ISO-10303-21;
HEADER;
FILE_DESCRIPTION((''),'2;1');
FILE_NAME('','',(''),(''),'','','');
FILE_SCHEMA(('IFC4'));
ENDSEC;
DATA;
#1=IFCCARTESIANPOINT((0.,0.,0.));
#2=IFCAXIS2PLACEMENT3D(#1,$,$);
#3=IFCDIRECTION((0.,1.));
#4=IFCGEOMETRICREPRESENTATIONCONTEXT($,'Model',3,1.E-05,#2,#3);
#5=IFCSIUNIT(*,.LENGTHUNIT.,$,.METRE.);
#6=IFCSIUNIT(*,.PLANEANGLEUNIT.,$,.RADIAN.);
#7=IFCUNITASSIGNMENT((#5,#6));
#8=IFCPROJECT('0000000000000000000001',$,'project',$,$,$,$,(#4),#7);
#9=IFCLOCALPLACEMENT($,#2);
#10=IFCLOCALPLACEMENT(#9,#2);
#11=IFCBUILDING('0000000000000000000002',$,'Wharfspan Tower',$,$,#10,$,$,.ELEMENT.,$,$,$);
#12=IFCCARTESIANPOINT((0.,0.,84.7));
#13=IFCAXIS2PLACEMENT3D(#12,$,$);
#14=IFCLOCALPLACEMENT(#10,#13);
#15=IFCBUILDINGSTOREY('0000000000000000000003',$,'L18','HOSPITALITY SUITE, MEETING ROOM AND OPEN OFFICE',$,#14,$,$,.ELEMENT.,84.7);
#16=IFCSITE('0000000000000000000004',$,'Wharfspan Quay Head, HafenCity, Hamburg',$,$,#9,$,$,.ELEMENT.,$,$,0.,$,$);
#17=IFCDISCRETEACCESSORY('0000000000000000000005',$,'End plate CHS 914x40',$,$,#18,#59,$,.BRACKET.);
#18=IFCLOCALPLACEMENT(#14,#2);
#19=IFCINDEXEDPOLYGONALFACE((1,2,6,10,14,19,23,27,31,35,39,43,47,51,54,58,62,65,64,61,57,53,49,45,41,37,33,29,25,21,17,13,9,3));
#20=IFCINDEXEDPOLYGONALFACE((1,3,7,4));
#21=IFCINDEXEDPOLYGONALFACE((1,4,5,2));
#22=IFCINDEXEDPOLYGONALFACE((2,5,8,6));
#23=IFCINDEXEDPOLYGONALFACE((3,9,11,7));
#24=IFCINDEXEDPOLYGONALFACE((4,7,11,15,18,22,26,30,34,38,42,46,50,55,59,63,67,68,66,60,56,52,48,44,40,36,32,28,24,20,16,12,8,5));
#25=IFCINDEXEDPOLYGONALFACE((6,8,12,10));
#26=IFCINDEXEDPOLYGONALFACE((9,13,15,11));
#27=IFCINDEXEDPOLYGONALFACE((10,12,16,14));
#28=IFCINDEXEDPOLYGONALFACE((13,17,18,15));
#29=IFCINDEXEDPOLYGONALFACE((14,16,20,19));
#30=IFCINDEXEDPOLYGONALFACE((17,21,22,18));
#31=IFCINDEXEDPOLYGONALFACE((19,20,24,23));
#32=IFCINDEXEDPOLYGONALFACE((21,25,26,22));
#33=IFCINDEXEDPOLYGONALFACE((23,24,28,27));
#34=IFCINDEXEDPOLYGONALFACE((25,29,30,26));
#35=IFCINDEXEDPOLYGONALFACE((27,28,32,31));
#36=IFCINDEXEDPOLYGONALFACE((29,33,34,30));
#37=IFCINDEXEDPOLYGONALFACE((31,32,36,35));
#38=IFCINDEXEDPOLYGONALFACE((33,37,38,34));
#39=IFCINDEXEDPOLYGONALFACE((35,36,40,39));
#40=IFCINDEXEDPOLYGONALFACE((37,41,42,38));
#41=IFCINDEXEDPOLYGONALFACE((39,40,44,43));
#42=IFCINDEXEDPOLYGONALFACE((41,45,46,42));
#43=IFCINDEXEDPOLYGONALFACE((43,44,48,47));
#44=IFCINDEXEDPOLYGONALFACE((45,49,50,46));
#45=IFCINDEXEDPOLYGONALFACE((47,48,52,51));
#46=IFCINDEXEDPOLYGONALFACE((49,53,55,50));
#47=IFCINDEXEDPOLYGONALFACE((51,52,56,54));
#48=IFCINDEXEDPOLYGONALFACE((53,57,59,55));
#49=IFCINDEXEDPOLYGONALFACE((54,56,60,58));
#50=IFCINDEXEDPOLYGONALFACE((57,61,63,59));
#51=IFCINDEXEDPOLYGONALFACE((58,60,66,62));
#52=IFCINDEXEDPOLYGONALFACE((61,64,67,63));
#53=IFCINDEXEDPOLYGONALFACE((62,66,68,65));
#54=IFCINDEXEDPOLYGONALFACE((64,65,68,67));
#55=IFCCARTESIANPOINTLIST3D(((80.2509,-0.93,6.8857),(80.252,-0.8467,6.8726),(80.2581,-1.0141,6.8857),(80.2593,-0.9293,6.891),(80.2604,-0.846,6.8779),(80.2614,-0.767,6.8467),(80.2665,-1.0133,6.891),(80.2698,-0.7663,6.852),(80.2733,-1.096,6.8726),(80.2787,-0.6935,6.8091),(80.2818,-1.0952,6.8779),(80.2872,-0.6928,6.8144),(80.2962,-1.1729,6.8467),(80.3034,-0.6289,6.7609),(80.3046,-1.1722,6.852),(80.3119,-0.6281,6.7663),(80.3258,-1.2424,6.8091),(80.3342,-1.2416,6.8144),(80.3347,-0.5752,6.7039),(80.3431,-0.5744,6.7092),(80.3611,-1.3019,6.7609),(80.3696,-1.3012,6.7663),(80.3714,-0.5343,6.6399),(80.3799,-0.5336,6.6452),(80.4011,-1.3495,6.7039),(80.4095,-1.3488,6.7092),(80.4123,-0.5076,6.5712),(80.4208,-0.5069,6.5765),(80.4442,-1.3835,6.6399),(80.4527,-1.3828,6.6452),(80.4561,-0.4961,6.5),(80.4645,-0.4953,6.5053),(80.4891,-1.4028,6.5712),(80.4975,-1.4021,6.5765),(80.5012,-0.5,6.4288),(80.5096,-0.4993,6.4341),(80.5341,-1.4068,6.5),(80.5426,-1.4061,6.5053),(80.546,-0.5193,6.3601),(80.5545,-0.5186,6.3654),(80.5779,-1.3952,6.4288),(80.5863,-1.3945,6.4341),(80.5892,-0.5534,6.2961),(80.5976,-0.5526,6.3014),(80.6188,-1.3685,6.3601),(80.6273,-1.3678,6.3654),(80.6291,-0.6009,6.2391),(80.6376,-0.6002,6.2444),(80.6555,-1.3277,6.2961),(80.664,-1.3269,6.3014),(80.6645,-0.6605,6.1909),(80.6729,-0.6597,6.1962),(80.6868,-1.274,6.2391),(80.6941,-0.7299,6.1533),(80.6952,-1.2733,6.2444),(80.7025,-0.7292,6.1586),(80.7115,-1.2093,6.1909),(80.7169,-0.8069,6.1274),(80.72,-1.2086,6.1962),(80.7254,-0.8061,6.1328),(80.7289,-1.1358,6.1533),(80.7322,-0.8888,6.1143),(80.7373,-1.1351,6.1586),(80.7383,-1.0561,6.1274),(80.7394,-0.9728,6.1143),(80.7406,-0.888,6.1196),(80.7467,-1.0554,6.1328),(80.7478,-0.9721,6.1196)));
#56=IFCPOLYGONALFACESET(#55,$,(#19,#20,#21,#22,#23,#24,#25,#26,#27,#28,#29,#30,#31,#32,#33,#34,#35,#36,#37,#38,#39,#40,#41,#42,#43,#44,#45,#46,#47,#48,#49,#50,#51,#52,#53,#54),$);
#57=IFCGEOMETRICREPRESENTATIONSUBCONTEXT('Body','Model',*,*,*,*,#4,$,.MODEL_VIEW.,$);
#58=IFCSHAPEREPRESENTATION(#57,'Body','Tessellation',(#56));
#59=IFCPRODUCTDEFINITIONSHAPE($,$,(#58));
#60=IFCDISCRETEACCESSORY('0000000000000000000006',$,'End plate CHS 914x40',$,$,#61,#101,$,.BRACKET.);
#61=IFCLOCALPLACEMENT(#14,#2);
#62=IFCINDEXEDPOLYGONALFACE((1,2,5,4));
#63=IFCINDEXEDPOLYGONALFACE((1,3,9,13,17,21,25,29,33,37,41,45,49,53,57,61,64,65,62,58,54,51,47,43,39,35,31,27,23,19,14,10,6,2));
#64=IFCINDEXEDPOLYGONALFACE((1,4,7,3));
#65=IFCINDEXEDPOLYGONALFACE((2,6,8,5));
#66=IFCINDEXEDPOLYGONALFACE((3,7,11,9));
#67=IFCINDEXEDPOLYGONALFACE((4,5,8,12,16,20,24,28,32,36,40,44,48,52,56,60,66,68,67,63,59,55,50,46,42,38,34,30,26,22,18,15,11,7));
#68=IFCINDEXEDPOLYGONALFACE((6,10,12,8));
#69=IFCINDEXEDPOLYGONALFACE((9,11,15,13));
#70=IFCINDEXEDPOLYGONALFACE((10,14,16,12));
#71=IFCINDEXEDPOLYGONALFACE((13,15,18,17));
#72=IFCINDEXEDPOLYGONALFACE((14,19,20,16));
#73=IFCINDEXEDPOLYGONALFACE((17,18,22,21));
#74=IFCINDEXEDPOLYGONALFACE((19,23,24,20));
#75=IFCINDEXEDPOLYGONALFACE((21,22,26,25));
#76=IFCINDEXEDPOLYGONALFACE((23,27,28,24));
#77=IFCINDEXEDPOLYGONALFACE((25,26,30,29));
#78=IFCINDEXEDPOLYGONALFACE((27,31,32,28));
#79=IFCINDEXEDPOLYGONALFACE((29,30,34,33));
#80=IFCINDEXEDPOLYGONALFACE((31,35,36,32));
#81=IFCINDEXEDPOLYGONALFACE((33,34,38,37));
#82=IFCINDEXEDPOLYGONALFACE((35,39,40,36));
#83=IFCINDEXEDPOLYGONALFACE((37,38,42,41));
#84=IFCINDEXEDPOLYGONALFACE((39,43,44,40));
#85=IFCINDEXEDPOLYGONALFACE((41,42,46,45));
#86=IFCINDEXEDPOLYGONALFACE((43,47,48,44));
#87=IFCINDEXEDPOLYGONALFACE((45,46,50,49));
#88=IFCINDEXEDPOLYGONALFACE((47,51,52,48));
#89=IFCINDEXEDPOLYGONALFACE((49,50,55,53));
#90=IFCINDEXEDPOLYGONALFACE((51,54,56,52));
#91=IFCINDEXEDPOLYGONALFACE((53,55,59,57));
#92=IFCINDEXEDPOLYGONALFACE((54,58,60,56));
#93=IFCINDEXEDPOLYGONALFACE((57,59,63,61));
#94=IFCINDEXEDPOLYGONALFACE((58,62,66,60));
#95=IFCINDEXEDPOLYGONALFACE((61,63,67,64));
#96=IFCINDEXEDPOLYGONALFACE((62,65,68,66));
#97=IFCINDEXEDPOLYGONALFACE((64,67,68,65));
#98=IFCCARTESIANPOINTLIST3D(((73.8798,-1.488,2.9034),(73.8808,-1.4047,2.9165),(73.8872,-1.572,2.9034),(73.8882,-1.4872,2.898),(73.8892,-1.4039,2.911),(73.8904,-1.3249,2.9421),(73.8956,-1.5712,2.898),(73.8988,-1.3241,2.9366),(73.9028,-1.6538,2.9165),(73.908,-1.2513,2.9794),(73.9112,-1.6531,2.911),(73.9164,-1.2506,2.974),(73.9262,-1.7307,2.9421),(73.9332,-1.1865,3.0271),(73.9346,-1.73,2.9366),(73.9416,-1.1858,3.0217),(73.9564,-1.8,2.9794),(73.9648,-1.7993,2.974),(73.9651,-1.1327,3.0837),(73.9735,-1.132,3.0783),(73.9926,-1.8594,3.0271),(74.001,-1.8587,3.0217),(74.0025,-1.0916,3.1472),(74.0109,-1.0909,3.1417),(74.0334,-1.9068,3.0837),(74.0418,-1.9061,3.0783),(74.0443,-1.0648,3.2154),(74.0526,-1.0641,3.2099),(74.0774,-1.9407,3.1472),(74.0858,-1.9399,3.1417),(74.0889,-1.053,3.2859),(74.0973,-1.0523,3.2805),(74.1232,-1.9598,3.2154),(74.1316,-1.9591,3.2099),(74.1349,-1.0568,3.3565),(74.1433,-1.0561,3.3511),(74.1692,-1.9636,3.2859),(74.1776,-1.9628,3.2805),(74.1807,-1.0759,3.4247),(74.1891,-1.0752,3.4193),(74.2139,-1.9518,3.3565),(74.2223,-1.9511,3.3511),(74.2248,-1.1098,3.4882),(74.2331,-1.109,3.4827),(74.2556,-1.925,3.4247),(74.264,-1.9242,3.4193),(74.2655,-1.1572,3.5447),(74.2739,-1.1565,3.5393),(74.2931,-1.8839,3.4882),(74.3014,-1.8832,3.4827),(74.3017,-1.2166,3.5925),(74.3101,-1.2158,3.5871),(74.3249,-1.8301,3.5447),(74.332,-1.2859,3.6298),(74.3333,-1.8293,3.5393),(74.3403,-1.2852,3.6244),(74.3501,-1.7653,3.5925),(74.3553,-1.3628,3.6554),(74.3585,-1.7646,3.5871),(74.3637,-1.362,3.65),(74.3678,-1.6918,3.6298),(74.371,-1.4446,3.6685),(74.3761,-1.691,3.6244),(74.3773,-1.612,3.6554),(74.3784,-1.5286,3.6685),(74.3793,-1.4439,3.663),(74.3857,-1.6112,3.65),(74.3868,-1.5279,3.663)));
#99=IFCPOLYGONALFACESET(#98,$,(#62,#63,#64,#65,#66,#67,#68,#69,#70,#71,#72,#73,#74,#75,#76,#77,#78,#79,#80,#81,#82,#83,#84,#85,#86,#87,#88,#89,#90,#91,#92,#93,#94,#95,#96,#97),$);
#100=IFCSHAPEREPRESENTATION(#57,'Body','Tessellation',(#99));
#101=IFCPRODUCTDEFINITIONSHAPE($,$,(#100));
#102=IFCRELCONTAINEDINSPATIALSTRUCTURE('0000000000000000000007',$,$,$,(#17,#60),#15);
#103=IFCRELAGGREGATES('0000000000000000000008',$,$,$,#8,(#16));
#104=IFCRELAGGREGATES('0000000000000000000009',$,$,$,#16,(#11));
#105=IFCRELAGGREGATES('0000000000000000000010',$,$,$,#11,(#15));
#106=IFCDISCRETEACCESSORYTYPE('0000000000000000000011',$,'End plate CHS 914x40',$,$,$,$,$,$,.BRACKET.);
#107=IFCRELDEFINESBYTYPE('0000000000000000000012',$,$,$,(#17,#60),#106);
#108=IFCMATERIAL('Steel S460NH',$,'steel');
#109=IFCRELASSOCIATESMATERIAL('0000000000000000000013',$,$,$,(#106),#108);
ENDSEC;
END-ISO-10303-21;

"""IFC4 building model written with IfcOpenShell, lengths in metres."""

from ifc_helpers import new_model, si_unit, direction, frame, origin, origin_2d, place, context, subcontext, project, spatial, circle, extrude, material, material_profile, profile_set, type_object, element, save


model = new_model("IFC4")

# Units and contexts
model_context = context("Model", 3, precision=1e-05, world=origin(), true_north=direction((0.0, 1.0)))
body_context = subcontext(model_context, "Body", "Model", "MODEL_VIEW")
ifc_project = project(units=[si_unit("LENGTHUNIT", "METRE"), si_unit("PLANEANGLEUNIT", "RADIAN")], contexts=[model_context])

# Site, building, storey
site_placement = place(None, origin())
site = spatial("IfcSite", under=ifc_project, at=site_placement, Name="Wharfspan Quay Head, HafenCity, Hamburg", CompositionType="ELEMENT", RefElevation=0.0)
building_placement = place(site_placement, origin())
building = spatial("IfcBuilding", under=site, at=building_placement, Name="Wharfspan Tower", CompositionType="ELEMENT")
storey_placement = place(building_placement, frame((0.0, 0.0, 84.7)))
storey = spatial("IfcBuildingStorey", under=building, at=storey_placement, Name="L18", Description="HOSPITALITY SUITE, MEETING ROOM AND OPEN OFFICE", CompositionType="ELEMENT", Elevation=84.7)

# Shared definitions
ifc_material_1 = material(Name="Steel S460NH", Category="steel")

# Discrete accessories
ifc_material_profile_1 = material_profile(ifc_material_1, circle(Radius=0.457, at=origin_2d()))
ifc_profile_set_1 = profile_set([ifc_material_profile_1], Name="Steel S460NH")
discrete_accessory_type = type_object("IfcDiscreteAccessoryType", Name="End plate CHS 914x40", PredefinedType="BRACKET", material=ifc_profile_set_1)
for number, where, z_axis, x_axis, name in (
    (1, (80.4951, -0.9514, 6.5), (0.844416, 0.072379, 0.530776), (-0.085402, 0.99635, 0.0), "End plate CHS 914x40"),
    (2, (74.1375, -1.5076, 3.2805), (-0.837276, -0.073877, 0.541767), (0.087893, -0.996132, -0.000001), "End plate CHS 914x40"),
):
    element("IfcDiscreteAccessory", number, at=place(storey_placement, frame(where, z_axis=z_axis, x_axis=x_axis)), inside=storey, type_object=discrete_accessory_type, Name=name, PredefinedType="BRACKET", context=body_context, shape_type="SweptSolid", body=[
        extrude(circle(Radius=0.457, at=origin_2d()), origin(), (0.0, 0.0, 1.0), 0.01),
    ])

save(model, "model.ifc")
